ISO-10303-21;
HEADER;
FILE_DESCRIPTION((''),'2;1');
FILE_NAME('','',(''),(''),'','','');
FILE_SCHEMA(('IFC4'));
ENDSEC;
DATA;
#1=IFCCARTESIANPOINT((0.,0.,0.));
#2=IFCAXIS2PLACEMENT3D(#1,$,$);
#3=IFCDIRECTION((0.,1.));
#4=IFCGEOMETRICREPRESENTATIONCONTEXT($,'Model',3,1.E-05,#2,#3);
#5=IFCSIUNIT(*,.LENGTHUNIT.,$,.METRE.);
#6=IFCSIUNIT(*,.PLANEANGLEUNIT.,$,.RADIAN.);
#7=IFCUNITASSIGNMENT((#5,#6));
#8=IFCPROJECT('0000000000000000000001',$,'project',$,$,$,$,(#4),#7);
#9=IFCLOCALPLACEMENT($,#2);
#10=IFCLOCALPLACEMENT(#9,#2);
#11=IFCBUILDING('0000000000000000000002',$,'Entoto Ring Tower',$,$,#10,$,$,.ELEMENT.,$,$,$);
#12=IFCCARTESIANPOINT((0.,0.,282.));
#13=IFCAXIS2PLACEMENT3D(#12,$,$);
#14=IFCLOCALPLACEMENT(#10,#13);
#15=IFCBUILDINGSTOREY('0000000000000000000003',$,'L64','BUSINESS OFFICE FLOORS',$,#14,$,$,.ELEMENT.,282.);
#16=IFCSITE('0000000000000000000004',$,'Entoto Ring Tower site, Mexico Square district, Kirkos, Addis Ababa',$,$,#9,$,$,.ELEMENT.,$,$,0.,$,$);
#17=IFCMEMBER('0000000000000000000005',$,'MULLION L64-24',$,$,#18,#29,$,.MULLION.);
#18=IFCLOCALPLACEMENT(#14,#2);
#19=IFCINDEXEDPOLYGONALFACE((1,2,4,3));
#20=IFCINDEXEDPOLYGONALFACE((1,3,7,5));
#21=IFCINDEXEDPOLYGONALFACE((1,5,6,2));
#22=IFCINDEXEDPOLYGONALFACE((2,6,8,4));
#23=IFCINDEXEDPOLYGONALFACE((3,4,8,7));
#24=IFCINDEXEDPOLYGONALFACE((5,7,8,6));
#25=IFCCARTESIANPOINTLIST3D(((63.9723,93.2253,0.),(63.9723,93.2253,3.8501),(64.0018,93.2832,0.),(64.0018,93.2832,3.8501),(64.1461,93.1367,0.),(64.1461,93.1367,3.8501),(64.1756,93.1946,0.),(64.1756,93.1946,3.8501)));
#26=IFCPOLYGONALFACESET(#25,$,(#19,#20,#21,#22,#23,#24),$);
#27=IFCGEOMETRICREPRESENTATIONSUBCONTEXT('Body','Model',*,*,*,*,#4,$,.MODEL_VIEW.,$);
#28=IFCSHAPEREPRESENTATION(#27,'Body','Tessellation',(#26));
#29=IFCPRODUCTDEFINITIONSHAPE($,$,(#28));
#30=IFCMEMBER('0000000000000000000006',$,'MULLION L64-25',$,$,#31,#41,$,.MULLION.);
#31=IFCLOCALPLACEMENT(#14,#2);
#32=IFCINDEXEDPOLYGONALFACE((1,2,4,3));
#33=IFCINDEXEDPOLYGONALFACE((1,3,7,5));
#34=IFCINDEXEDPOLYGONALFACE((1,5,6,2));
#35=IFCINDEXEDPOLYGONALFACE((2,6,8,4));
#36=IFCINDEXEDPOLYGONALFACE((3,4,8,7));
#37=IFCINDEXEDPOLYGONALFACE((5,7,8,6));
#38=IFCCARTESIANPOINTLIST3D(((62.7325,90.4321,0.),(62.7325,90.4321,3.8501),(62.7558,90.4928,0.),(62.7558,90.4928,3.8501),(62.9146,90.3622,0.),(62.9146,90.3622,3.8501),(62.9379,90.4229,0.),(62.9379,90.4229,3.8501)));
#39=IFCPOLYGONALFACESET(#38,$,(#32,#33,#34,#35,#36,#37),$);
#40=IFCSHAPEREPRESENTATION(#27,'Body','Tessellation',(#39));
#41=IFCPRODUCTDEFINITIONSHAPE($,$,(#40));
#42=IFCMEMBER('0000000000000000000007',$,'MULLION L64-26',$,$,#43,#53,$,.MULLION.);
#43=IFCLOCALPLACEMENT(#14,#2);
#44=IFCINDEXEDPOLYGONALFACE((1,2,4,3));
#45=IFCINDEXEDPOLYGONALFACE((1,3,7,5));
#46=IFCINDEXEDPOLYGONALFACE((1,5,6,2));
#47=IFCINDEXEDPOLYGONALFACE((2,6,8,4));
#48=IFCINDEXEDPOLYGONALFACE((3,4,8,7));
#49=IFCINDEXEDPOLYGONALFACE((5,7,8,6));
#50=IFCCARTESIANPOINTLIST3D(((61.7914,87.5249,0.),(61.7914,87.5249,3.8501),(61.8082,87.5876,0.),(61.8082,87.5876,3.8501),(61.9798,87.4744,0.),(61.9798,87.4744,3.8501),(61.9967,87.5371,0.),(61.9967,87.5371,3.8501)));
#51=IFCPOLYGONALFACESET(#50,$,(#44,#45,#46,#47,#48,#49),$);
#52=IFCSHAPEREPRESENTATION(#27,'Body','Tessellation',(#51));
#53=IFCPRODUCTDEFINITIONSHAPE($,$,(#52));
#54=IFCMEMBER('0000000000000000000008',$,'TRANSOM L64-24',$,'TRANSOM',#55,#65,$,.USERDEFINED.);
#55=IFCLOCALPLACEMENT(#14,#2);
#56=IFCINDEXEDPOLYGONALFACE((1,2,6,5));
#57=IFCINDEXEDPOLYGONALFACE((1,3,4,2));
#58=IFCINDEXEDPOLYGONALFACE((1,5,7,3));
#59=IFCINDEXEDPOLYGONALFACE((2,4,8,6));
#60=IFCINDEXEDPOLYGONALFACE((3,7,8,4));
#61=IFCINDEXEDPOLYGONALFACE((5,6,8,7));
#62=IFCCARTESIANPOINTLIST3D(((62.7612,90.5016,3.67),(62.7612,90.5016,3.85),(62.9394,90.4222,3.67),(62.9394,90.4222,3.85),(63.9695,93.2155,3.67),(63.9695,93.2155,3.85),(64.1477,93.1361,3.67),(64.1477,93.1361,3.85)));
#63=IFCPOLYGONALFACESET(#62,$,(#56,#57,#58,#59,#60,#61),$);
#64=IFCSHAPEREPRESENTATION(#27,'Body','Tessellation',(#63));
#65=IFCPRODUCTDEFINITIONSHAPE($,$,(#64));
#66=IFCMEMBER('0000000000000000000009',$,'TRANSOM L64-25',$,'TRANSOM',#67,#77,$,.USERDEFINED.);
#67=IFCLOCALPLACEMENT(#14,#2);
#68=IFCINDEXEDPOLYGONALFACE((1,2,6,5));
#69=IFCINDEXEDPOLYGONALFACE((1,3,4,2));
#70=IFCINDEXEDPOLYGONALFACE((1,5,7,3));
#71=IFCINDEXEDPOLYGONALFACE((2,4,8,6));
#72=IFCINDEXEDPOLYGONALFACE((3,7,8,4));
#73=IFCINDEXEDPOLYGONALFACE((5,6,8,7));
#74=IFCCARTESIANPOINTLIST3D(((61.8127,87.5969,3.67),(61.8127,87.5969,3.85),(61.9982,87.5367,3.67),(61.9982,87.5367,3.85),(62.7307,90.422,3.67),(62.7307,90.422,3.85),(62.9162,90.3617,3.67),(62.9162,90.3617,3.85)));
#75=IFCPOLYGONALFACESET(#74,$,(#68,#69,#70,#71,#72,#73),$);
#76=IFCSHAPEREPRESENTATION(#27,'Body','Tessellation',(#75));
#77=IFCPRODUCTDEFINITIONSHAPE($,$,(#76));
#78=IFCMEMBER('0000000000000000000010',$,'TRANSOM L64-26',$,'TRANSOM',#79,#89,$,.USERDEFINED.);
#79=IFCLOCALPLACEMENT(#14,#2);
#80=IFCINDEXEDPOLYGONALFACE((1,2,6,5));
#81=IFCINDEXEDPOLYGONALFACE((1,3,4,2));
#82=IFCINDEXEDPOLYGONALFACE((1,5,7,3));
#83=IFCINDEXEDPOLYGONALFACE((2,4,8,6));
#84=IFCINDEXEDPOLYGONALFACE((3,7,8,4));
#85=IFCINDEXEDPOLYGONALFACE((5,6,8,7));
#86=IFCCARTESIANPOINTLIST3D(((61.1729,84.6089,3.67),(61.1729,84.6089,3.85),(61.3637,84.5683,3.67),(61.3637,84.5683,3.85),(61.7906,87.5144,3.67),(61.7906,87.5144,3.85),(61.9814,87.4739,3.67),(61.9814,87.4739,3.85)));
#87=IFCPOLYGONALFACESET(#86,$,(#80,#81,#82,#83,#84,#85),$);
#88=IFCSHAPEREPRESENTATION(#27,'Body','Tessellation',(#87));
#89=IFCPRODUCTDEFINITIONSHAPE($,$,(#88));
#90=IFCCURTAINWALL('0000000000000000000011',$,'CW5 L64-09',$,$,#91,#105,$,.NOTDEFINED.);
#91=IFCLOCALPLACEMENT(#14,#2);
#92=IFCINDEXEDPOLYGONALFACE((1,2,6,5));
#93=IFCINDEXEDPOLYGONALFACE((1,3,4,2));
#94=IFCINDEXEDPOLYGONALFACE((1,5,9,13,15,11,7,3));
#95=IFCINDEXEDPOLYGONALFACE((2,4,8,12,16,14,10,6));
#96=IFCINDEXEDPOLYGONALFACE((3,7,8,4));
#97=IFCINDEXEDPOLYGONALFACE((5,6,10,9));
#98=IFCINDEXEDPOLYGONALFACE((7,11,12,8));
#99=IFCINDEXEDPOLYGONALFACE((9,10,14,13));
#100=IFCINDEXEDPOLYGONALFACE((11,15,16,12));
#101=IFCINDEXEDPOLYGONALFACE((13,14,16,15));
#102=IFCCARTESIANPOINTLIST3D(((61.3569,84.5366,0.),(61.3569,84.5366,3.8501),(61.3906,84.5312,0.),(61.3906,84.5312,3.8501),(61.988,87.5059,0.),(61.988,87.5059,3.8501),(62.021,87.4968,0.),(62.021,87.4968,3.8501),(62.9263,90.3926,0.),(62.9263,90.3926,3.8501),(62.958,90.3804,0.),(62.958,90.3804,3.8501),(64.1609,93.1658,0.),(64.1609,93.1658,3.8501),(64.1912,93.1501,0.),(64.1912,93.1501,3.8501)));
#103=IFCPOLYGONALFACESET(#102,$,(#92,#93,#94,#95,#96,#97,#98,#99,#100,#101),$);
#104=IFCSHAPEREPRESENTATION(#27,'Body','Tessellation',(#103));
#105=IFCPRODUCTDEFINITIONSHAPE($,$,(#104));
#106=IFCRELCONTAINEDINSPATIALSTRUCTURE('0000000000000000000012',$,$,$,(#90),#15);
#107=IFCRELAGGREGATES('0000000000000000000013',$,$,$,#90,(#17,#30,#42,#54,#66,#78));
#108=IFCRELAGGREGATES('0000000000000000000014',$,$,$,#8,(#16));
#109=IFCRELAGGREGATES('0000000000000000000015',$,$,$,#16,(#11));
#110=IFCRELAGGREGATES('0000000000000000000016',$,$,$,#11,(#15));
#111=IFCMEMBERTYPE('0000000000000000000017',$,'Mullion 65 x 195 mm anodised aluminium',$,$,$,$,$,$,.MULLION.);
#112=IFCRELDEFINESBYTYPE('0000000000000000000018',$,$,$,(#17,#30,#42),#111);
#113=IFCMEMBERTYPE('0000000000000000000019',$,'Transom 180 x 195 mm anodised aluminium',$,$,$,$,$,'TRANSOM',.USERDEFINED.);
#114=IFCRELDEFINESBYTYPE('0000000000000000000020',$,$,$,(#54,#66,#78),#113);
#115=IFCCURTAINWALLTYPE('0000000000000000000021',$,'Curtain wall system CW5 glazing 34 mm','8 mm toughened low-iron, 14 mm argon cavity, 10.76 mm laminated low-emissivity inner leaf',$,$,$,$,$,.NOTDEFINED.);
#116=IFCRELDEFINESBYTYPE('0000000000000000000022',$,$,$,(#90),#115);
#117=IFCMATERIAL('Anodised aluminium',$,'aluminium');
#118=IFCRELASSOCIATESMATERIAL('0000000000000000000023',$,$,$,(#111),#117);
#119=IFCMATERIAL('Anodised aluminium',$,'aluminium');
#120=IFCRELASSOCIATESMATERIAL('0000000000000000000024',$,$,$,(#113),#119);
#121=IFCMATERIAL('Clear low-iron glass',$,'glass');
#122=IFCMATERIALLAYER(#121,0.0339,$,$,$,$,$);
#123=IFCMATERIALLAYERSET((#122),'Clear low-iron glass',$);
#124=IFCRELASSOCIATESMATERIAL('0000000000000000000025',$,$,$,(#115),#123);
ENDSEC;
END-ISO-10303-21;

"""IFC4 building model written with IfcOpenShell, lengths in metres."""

from ifc_helpers import new_model, si_unit, direction, frame, origin, origin_2d, place, context, subcontext, project, spatial, polyline, rectangle, outline, extrude, material, layer, layer_set, material_profile, profile_set, type_object, element, aggregate, save


model = new_model("IFC4")

# Units and contexts
model_context = context("Model", 3, precision=1e-05, world=origin(), true_north=direction((0.0, 1.0)))
body_context = subcontext(model_context, "Body", "Model", "MODEL_VIEW")
ifc_project = project(units=[si_unit("LENGTHUNIT", "METRE"), si_unit("PLANEANGLEUNIT", "RADIAN")], contexts=[model_context])

# Members
ifc_material_1 = material(Name="Anodised aluminium", Category="aluminium")
ifc_material_profile_1 = material_profile(ifc_material_1, rectangle(XDim=0.0649, YDim=0.1951, at=origin_2d()), Name="Mullion 65 x 195 mm anodised aluminium")
ifc_profile_set_1 = profile_set([ifc_material_profile_1], Name="Anodised aluminium")
member_type_1 = type_object("IfcMemberType", Name="Mullion 65 x 195 mm anodised aluminium", PredefinedType="MULLION", material=ifc_profile_set_1)
site_placement = place(None, origin())
building_placement = place(site_placement, origin())
storey_placement = place(building_placement, frame((0.0, 0.0, 282.0)))
member_1_placement = place(storey_placement, frame((64.074, 93.21, 0.0), z_axis=(0.0, 0.0, 1.0), x_axis=(-0.45399, -0.891007, 0.0)))
member_1 = element("IfcMember", 1, at=member_1_placement, type_object=member_type_1, Name="MULLION L64-24", PredefinedType="MULLION", context=body_context, shape_type="SweptSolid", body=[
    extrude(rectangle(XDim=0.0649, YDim=0.1951, at=origin_2d()), origin(), (0.0, 0.0, 1.0), 3.8501),
])
member_2_placement = place(storey_placement, frame((62.8352, 90.4275, 0.0), z_axis=(0.0, 0.0, 1.0), x_axis=(-0.358368, -0.93358, 0.0)))
member_2 = element("IfcMember", 2, at=member_2_placement, type_object=member_type_1, Name="MULLION L64-25", PredefinedType="MULLION", context=body_context, shape_type="SweptSolid", body=[
    extrude(rectangle(XDim=0.0649, YDim=0.1951, at=origin_2d()), origin(), (0.0, 0.0, 1.0), 3.8501),
])
member_3_placement = place(storey_placement, frame((61.894, 87.531, 0.0), z_axis=(0.0, 0.0, 1.0), x_axis=(-0.258819, -0.965926, 0.0)))
member_3 = element("IfcMember", 3, at=member_3_placement, type_object=member_type_1, Name="MULLION L64-26", PredefinedType="MULLION", context=body_context, shape_type="SweptSolid", body=[
    extrude(rectangle(XDim=0.0649, YDim=0.1951, at=origin_2d()), origin(), (0.0, 0.0, 1.0), 3.8501),
])
ifc_material_2 = material(Name="Anodised aluminium", Category="aluminium")
ifc_material_profile_2 = material_profile(ifc_material_2, rectangle(XDim=0.1951, YDim=0.1799, at=origin_2d()), Name="Transom 180 x 195 mm anodised aluminium")
ifc_profile_set_2 = profile_set([ifc_material_profile_2], Name="Anodised aluminium")
member_type_2 = type_object("IfcMemberType", Name="Transom 180 x 195 mm anodised aluminium", ElementType="TRANSOM", PredefinedType="USERDEFINED", material=ifc_profile_set_2)
member_4_placement = place(storey_placement, frame((64.0586, 93.1758, 3.76), z_axis=(-0.406726, -0.91355, 0.0), x_axis=(0.91355, -0.406726, 0.0)))
member_4 = element("IfcMember", 4, at=member_4_placement, type_object=member_type_2, Name="TRANSOM L64-24", ObjectType="TRANSOM", PredefinedType="USERDEFINED", context=body_context, shape_type="SweptSolid", body=[
    extrude(rectangle(XDim=0.1951, YDim=0.1799, at=origin_2d()), origin(), (0.0, 0.0, 1.0), 2.9707),
])
member_5_placement = place(storey_placement, frame((62.8235, 90.3918, 3.76), z_axis=(-0.309043, -0.951048, 0.0), x_axis=(0.951048, -0.309043, 0.0)))
member_5 = element("IfcMember", 5, at=member_5_placement, type_object=member_type_2, Name="TRANSOM L64-25", ObjectType="TRANSOM", PredefinedType="USERDEFINED", context=body_context, shape_type="SweptSolid", body=[
    extrude(rectangle(XDim=0.1951, YDim=0.1799, at=origin_2d()), origin(), (0.0, 0.0, 1.0), 2.9705),
])
member_6_placement = place(storey_placement, frame((61.886, 87.4941, 3.76), z_axis=(-0.20794, -0.978142, 0.0), x_axis=(0.978142, -0.20794, 0.0)))
member_6 = element("IfcMember", 6, at=member_6_placement, type_object=member_type_2, Name="TRANSOM L64-26", ObjectType="TRANSOM", PredefinedType="USERDEFINED", context=body_context, shape_type="SweptSolid", body=[
    extrude(rectangle(XDim=0.1951, YDim=0.1799, at=origin_2d()), origin(), (0.0, 0.0, 1.0), 2.9705),
])

# Site, building, storey
site = spatial("IfcSite", under=ifc_project, at=site_placement, Name="Entoto Ring Tower site, Mexico Square district, Kirkos, Addis Ababa", CompositionType="ELEMENT", RefElevation=0.0)
building = spatial("IfcBuilding", under=site, at=building_placement, Name="Entoto Ring Tower", CompositionType="ELEMENT")
storey = spatial("IfcBuildingStorey", under=building, at=storey_placement, Name="L64", Description="BUSINESS OFFICE FLOORS", CompositionType="ELEMENT", Elevation=282.0)

# Curtain wall
ifc_material_3 = material(Name="Clear low-iron glass", Category="glass")
ifc_layer = layer(ifc_material_3, 0.0339)
ifc_layer_set = layer_set([ifc_layer], Name="Clear low-iron glass")
curtain_wall_type = type_object("IfcCurtainWallType", Name="Curtain wall system CW5 glazing 34 mm", Description="8 mm toughened low-iron, 14 mm argon cavity, 10.76 mm laminated low-emissivity inner leaf", PredefinedType="NOTDEFINED", material=ifc_layer_set)
curtain_wall_1_placement = place(storey_placement, origin())
curtain_wall_1 = element("IfcCurtainWall", 7, at=curtain_wall_1_placement, inside=storey, type_object=curtain_wall_type, Name="CW5 L64-09", PredefinedType="NOTDEFINED", context=body_context, shape_type="SweptSolid", body=[
    extrude(outline(polyline([(64.1609, 93.1658), (62.9263, 90.3926), (61.988, 87.5059), (61.3569, 84.5366), (61.3906, 84.5312), (62.021, 87.4968), (62.958, 90.3804), (64.1912, 93.1501), (64.1609, 93.1658)])), origin(), (0.0, 0.0, 1.0), 3.8501),
])
aggregate(curtain_wall_1, [member_1, member_2, member_3, member_4, member_5, member_6])

save(model, "model.ifc")
